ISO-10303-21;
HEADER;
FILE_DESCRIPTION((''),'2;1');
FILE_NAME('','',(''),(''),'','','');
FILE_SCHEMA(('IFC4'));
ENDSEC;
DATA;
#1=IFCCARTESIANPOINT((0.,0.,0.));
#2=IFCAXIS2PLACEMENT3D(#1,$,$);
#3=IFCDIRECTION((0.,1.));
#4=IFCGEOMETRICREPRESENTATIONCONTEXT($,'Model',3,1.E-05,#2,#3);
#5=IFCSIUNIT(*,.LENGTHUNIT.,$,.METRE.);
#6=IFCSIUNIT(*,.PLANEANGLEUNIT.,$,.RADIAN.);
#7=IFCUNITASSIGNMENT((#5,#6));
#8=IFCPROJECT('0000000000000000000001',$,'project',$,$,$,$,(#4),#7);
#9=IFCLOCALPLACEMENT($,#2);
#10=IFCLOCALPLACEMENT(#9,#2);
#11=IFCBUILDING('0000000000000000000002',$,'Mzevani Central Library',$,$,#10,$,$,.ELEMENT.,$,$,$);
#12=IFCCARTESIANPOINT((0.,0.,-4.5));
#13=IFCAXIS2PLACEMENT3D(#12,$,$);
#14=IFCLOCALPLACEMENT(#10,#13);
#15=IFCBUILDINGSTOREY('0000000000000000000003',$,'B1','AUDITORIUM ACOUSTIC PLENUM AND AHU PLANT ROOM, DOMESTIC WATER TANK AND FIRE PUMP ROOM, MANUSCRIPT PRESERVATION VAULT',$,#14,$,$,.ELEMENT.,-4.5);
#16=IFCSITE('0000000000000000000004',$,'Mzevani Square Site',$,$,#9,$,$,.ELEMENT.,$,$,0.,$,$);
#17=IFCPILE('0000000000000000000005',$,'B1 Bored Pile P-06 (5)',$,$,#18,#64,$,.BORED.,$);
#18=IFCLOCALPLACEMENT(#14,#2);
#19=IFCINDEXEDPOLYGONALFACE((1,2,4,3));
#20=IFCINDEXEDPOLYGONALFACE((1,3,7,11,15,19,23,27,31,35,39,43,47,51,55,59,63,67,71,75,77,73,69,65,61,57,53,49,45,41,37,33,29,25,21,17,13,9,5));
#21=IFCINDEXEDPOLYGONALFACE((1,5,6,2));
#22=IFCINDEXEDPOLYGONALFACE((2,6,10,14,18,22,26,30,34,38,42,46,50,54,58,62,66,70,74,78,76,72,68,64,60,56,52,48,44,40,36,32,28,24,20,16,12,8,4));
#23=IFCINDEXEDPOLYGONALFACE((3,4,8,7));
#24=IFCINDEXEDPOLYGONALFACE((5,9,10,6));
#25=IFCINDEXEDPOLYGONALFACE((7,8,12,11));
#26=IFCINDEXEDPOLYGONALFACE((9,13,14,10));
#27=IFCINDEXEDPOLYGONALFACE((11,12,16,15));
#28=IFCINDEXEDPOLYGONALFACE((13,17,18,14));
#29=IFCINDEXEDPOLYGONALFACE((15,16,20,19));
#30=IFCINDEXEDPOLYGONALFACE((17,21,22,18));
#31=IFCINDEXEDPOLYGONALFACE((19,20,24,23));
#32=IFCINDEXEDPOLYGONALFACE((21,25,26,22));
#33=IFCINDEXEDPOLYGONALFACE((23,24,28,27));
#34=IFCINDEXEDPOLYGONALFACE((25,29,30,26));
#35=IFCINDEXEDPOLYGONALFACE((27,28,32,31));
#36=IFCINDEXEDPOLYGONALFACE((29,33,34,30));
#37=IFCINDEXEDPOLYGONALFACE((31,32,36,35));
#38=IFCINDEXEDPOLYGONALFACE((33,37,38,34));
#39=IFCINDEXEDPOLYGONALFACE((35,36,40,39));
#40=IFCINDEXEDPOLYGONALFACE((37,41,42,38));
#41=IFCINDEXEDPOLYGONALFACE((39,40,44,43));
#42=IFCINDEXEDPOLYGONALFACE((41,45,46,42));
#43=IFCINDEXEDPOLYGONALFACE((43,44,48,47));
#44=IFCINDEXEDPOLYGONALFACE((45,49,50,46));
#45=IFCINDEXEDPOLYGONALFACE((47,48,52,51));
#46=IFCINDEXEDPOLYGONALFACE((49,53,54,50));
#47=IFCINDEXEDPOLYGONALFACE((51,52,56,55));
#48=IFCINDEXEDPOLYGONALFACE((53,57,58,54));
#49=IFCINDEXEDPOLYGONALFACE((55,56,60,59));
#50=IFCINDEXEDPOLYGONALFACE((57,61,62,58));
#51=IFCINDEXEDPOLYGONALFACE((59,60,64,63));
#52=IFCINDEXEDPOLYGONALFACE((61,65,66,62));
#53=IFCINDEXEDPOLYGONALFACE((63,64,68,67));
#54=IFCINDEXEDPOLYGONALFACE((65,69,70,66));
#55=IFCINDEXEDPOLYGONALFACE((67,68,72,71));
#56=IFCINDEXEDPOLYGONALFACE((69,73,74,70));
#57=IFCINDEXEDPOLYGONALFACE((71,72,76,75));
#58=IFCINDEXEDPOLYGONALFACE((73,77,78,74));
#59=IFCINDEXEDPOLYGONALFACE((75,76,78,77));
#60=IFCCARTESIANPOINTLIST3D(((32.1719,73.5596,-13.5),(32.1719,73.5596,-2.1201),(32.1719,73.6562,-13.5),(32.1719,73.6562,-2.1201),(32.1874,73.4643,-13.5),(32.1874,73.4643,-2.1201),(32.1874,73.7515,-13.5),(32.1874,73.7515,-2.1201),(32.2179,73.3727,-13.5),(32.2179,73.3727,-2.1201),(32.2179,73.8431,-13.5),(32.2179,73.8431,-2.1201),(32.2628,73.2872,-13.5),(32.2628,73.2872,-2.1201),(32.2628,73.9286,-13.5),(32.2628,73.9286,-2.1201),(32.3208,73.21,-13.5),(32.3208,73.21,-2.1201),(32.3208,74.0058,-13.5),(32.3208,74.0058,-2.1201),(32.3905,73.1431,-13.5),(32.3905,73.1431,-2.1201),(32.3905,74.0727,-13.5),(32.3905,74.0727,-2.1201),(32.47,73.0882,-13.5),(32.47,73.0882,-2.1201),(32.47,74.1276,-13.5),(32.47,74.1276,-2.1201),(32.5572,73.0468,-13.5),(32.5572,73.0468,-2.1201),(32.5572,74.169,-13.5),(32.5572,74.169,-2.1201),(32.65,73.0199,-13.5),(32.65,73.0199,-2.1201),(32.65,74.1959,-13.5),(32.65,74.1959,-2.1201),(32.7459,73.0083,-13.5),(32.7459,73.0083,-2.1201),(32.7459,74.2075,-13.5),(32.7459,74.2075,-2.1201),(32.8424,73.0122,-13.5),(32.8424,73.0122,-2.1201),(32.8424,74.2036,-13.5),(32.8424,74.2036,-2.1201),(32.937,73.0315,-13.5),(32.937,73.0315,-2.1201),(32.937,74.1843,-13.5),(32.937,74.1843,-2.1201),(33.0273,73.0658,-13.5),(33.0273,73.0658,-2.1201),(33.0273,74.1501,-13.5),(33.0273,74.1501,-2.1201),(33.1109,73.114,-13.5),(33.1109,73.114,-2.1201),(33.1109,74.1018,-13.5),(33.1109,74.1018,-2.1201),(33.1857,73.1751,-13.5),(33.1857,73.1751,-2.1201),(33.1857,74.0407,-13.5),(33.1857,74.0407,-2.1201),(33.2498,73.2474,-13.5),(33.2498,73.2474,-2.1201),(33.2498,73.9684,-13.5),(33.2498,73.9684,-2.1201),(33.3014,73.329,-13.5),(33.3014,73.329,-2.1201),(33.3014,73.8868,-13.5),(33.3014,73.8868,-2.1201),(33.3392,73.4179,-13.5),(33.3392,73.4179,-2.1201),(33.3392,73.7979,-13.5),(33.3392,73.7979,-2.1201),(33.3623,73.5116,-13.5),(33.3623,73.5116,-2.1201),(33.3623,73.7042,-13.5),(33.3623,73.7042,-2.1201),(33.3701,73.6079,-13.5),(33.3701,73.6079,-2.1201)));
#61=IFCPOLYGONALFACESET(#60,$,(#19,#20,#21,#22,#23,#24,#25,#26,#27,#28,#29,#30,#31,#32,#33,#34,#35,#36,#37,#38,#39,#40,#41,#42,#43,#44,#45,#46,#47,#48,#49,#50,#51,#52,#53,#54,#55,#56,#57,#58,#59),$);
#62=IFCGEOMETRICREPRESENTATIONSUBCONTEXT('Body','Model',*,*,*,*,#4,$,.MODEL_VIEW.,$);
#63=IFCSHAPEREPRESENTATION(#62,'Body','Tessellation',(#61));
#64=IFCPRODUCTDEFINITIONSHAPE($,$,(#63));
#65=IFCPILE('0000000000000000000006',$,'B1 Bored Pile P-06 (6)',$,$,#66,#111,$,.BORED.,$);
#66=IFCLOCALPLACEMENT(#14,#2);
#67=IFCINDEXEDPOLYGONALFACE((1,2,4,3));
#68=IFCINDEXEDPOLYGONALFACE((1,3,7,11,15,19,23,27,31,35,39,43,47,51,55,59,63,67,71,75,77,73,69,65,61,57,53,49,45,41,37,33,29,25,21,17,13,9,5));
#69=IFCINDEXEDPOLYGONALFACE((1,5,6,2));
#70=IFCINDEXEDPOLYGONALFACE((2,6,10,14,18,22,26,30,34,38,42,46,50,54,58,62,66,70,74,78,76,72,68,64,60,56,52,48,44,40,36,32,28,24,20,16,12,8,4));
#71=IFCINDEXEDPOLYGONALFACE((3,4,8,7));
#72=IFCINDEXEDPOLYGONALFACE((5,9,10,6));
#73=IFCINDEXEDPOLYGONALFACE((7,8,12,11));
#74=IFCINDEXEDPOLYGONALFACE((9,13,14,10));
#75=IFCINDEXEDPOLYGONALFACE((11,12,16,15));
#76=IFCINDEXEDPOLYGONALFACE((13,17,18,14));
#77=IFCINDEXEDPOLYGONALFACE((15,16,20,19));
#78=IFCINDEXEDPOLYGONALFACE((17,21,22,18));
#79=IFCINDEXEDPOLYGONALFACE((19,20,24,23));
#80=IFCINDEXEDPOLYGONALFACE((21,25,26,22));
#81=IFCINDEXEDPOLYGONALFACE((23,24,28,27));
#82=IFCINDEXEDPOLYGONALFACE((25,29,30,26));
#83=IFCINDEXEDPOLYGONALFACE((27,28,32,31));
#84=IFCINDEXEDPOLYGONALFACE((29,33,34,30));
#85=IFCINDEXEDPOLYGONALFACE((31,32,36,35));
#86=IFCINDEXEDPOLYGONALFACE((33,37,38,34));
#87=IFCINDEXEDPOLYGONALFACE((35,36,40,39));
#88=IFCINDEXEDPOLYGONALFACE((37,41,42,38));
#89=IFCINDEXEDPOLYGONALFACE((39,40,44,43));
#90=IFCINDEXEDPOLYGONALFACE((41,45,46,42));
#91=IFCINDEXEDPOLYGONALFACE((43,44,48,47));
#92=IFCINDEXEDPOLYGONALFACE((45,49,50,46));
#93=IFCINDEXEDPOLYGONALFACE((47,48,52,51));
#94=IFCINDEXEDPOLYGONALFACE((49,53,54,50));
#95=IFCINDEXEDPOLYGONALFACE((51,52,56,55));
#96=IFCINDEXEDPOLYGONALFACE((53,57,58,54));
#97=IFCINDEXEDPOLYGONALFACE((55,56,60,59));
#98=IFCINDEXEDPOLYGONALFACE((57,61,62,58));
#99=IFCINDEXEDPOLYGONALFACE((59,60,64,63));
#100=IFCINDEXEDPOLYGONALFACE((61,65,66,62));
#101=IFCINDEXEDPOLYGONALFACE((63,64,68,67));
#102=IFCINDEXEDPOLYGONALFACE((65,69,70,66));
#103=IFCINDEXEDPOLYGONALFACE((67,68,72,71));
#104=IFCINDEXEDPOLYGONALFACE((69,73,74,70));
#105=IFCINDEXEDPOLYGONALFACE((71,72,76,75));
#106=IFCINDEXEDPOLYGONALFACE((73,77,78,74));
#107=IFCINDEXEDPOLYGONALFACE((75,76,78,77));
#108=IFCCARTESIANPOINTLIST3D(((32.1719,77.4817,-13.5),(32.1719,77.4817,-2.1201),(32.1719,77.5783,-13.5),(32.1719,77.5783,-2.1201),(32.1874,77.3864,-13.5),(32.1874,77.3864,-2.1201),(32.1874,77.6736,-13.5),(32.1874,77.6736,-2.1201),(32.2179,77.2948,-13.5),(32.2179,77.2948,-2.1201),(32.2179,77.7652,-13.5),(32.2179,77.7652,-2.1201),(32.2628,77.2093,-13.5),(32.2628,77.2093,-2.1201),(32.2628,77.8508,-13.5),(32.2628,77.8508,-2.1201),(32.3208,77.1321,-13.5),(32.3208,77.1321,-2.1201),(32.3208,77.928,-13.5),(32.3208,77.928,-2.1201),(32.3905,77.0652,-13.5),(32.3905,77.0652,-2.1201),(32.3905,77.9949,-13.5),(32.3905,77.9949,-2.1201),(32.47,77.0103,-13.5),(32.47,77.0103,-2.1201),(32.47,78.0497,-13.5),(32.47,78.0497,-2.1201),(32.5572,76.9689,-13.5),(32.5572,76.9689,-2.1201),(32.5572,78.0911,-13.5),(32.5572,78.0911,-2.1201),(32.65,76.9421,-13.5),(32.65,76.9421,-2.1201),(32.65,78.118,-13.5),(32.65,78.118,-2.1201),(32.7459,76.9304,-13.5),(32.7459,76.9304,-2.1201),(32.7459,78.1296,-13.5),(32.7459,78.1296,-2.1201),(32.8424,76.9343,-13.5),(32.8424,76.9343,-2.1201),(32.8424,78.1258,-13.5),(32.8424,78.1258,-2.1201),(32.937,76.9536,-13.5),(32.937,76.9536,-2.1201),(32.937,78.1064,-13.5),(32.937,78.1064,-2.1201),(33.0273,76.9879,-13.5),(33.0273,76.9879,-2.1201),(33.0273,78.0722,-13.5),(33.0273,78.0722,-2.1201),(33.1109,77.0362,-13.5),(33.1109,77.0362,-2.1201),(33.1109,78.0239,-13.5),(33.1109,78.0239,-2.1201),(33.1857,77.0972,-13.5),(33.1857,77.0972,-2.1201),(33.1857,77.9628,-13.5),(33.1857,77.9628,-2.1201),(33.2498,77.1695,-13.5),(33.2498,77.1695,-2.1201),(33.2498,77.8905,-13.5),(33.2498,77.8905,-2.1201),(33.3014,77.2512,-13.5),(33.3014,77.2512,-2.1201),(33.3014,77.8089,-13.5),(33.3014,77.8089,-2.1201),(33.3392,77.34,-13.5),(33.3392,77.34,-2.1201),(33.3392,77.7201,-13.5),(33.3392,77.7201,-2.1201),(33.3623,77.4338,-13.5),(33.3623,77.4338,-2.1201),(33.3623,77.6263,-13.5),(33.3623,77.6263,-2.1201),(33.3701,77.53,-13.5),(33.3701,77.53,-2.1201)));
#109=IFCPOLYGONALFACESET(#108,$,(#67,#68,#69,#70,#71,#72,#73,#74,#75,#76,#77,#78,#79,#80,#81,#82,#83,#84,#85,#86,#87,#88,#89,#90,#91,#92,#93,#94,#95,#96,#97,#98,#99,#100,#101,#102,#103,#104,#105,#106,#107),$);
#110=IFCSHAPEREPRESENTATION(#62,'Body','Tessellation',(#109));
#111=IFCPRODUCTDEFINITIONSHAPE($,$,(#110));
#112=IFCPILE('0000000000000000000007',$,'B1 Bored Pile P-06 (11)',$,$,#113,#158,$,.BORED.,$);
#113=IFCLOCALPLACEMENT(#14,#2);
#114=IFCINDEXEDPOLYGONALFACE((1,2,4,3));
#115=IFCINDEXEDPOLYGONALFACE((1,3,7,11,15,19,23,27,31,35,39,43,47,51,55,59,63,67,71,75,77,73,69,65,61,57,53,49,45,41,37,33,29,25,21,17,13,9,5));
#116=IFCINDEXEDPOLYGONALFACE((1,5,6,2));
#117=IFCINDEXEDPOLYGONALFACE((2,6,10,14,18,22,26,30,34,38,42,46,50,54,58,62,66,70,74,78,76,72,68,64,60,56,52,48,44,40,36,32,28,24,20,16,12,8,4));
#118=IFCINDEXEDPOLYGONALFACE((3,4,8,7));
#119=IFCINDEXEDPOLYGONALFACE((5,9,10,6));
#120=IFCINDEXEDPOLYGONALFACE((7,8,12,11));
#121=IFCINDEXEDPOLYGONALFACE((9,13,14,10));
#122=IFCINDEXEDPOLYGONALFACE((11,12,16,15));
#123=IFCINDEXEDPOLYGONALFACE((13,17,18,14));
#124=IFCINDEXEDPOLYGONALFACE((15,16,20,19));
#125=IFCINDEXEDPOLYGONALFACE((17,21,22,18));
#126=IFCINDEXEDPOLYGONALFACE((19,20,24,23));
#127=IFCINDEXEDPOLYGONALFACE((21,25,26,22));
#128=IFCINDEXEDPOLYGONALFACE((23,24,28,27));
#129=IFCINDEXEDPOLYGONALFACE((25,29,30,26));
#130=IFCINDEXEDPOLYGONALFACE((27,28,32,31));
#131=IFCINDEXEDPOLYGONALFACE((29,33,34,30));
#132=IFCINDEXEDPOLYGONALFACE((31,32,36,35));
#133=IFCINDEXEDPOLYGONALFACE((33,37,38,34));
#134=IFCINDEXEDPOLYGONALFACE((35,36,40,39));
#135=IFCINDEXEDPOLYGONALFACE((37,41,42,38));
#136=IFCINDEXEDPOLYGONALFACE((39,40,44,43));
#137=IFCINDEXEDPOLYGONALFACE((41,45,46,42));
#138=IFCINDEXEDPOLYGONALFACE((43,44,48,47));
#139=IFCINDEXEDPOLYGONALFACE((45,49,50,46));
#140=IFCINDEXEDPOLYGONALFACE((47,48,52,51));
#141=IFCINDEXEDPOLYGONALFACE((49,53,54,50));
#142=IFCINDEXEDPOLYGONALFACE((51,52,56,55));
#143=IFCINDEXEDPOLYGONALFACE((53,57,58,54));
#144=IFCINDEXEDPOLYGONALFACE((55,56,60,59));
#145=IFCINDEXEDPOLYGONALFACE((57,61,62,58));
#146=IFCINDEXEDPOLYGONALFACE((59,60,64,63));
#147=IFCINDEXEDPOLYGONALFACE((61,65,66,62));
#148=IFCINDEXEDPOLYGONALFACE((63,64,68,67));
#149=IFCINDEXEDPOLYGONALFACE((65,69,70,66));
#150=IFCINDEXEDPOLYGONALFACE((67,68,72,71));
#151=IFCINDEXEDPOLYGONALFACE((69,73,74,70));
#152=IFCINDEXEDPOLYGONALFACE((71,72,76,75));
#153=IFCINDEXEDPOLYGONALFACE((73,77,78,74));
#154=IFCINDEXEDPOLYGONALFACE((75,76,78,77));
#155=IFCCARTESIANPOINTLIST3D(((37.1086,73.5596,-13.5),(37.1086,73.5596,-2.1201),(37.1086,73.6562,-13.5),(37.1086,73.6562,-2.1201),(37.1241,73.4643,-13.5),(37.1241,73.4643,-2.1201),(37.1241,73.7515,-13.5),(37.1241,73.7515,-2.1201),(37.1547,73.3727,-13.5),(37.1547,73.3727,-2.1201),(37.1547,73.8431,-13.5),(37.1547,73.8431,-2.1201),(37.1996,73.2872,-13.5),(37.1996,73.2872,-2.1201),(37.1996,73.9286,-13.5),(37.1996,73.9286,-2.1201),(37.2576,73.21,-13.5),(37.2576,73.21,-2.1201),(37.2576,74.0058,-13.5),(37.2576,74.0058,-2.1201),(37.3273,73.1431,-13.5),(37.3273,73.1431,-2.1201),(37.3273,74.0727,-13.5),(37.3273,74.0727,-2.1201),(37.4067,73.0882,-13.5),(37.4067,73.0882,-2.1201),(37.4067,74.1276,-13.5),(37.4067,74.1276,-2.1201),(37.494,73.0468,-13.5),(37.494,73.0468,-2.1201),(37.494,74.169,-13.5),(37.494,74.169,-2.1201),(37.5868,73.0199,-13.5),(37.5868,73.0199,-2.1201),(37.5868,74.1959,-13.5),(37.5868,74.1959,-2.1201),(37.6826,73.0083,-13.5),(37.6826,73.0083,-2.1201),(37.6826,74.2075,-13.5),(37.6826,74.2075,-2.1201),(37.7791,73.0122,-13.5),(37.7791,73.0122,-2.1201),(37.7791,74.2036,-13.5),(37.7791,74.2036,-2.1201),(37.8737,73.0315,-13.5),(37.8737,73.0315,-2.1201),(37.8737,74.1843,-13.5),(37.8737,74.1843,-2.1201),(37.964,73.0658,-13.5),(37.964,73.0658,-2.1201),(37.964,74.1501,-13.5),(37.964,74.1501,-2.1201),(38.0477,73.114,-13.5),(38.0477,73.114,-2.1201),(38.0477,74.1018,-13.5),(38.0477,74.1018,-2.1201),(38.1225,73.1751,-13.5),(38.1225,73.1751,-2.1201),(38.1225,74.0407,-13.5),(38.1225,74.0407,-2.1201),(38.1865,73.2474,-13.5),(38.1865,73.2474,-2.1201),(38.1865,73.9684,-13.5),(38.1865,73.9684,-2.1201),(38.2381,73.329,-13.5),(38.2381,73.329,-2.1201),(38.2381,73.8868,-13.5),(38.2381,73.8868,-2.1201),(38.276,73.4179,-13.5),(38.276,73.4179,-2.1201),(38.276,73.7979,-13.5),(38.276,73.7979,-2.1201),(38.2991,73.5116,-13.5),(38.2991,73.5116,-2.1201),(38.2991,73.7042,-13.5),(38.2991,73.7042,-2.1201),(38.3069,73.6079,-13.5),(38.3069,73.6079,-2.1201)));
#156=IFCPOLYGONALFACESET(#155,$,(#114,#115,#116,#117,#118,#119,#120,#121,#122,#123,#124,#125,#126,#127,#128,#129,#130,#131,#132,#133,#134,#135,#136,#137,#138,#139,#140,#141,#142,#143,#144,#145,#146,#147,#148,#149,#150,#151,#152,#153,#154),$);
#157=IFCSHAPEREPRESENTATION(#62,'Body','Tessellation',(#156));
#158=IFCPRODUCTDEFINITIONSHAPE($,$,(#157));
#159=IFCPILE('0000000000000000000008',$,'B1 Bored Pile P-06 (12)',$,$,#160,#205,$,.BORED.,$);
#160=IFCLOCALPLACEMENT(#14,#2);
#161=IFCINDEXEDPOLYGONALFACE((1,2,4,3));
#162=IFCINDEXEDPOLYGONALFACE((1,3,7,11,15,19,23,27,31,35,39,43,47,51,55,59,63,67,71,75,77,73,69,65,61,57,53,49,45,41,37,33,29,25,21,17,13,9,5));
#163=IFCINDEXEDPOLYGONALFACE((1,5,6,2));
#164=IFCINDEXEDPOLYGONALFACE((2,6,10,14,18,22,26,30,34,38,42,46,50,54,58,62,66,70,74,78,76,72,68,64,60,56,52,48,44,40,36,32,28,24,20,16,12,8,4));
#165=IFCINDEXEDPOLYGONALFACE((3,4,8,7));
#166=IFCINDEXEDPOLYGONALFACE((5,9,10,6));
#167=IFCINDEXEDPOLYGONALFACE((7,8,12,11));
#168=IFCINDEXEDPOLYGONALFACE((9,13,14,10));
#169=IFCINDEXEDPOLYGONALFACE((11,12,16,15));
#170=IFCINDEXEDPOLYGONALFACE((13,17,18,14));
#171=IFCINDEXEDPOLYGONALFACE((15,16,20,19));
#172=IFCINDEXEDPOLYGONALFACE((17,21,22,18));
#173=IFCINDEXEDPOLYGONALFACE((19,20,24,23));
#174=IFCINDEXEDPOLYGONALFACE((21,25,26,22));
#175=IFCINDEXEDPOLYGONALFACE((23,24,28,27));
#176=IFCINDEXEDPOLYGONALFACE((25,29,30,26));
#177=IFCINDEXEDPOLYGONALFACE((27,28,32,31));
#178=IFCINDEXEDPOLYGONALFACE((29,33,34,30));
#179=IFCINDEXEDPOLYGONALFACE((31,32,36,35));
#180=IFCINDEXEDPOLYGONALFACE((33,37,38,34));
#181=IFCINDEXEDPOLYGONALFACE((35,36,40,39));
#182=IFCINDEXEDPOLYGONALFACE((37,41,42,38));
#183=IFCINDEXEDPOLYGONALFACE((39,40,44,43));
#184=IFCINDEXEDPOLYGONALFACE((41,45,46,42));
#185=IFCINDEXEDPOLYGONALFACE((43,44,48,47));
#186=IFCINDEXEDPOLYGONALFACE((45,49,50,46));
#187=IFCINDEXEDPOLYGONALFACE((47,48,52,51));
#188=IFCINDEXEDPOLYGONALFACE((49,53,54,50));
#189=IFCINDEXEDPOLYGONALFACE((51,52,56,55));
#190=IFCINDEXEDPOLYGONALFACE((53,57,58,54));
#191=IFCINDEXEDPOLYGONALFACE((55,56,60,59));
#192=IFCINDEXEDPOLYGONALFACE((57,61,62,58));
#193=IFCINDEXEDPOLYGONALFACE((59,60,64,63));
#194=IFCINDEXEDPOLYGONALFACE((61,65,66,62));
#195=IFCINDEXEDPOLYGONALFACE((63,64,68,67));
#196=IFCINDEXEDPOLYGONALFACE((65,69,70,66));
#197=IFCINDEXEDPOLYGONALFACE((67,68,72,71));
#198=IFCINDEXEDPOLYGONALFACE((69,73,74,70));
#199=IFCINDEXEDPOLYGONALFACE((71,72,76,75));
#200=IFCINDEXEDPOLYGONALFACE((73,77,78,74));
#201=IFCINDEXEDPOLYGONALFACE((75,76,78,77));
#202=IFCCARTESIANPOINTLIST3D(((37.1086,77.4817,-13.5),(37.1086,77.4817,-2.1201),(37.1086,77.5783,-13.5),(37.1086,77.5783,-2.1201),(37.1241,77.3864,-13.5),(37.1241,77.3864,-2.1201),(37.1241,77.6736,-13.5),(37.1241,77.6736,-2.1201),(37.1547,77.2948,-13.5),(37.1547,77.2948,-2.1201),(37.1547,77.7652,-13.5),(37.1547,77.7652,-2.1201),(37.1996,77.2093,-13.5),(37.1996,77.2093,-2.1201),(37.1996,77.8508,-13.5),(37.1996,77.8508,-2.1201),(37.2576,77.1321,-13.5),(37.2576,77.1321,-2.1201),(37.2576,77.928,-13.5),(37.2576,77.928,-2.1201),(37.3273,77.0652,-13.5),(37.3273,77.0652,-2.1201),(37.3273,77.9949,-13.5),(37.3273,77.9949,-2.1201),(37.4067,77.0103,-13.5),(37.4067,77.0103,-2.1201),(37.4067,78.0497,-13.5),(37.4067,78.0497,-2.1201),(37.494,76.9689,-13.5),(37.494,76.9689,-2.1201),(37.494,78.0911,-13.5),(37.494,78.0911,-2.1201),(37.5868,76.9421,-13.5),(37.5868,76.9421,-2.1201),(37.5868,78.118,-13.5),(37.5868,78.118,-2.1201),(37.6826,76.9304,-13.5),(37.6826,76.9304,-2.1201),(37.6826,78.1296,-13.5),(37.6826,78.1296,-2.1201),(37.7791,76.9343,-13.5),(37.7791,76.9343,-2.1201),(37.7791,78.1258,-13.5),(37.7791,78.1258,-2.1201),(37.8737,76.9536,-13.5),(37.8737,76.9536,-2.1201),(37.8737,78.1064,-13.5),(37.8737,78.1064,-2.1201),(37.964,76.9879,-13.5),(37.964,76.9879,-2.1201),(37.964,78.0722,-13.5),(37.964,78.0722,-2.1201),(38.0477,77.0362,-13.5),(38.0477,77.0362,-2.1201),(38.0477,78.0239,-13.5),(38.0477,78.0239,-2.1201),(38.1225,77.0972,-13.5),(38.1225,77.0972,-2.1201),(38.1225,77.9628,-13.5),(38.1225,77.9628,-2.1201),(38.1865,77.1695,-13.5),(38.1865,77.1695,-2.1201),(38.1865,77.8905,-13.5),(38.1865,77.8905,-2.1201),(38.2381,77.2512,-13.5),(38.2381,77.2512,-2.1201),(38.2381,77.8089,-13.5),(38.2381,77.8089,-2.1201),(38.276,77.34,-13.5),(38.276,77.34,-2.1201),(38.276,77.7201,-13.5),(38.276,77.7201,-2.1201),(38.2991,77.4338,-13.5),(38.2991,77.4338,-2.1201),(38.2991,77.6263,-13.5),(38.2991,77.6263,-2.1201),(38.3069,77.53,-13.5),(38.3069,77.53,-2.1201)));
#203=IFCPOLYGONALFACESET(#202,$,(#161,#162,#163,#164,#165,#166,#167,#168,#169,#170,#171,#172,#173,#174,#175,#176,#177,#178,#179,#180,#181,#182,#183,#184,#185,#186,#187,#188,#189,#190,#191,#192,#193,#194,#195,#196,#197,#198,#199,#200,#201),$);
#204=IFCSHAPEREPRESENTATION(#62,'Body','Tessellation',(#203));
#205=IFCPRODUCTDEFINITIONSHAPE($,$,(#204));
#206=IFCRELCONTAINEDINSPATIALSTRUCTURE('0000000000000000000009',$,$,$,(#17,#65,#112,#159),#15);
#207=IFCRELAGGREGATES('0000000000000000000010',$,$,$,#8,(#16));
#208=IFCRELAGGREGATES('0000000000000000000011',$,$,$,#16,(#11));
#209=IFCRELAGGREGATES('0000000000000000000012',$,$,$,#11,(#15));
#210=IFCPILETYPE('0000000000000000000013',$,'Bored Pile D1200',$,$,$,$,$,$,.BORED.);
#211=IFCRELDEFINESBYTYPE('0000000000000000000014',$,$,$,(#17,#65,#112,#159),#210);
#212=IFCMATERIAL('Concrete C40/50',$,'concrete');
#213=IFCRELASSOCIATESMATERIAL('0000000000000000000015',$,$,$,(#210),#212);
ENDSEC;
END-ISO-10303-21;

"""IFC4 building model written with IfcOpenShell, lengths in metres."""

from ifc_helpers import new_model, si_unit, direction, frame, origin, origin_2d, place, context, subcontext, project, spatial, circle, extrude, material, material_profile, profile_set, type_object, element, save


model = new_model("IFC4")

# Units and contexts
model_context = context("Model", 3, precision=1e-05, world=origin(), true_north=direction((0.0, 1.0)))
body_context = subcontext(model_context, "Body", "Model", "MODEL_VIEW")
ifc_project = project(units=[si_unit("LENGTHUNIT", "METRE"), si_unit("PLANEANGLEUNIT", "RADIAN")], contexts=[model_context])

# Site, building, storey
site_placement = place(None, origin())
site = spatial("IfcSite", under=ifc_project, at=site_placement, Name="Mzevani Square Site", CompositionType="ELEMENT", RefElevation=0.0)
building_placement = place(site_placement, origin())
building = spatial("IfcBuilding", under=site, at=building_placement, Name="Mzevani Central Library", CompositionType="ELEMENT")
storey_placement = place(building_placement, frame((0.0, 0.0, -4.5)))
storey = spatial("IfcBuildingStorey", under=building, at=storey_placement, Name="B1", Description="AUDITORIUM ACOUSTIC PLENUM AND AHU PLANT ROOM, DOMESTIC WATER TANK AND FIRE PUMP ROOM, MANUSCRIPT PRESERVATION VAULT", CompositionType="ELEMENT", Elevation=-4.5)

# Piles
ifc_material_1 = material(Name="Concrete C40/50", Category="concrete")
ifc_material_profile_1 = material_profile(ifc_material_1, circle(Radius=0.6001, at=origin_2d()), Name="PILE D1200")
ifc_profile_set_1 = profile_set([ifc_material_profile_1], Name="Concrete C40/50")
pile_type_1 = type_object("IfcPileType", Name="Bored Pile D1200", PredefinedType="BORED", material=ifc_profile_set_1)
for number, where, z_axis, x_axis, name in (
    (1, (32.77, 73.6079, -2.1201), (0.0, 0.0, -1.0), (1.0, 0.0, 0.0), "B1 Bored Pile P-06 (5)"),
    (2, (32.77, 77.53, -2.1201), (0.0, 0.0, -1.0), (1.0, 0.0, 0.0), "B1 Bored Pile P-06 (6)"),
    (3, (37.7068, 73.6079, -2.1201), (0.0, 0.0, -1.0), (1.0, 0.0, 0.0), "B1 Bored Pile P-06 (11)"),
    (4, (37.7068, 77.53, -2.1201), (0.0, 0.0, -1.0), (1.0, 0.0, 0.0), "B1 Bored Pile P-06 (12)"),
):
    element("IfcPile", number, at=place(storey_placement, frame(where, z_axis=z_axis, x_axis=x_axis)), inside=storey, type_object=pile_type_1, Name=name, PredefinedType="BORED", context=body_context, shape_type="SweptSolid", body=[
        extrude(circle(Radius=0.6001, at=origin_2d()), origin(), (0.0, 0.0, 1.0), 11.3799),
    ])

save(model, "model.ifc")
